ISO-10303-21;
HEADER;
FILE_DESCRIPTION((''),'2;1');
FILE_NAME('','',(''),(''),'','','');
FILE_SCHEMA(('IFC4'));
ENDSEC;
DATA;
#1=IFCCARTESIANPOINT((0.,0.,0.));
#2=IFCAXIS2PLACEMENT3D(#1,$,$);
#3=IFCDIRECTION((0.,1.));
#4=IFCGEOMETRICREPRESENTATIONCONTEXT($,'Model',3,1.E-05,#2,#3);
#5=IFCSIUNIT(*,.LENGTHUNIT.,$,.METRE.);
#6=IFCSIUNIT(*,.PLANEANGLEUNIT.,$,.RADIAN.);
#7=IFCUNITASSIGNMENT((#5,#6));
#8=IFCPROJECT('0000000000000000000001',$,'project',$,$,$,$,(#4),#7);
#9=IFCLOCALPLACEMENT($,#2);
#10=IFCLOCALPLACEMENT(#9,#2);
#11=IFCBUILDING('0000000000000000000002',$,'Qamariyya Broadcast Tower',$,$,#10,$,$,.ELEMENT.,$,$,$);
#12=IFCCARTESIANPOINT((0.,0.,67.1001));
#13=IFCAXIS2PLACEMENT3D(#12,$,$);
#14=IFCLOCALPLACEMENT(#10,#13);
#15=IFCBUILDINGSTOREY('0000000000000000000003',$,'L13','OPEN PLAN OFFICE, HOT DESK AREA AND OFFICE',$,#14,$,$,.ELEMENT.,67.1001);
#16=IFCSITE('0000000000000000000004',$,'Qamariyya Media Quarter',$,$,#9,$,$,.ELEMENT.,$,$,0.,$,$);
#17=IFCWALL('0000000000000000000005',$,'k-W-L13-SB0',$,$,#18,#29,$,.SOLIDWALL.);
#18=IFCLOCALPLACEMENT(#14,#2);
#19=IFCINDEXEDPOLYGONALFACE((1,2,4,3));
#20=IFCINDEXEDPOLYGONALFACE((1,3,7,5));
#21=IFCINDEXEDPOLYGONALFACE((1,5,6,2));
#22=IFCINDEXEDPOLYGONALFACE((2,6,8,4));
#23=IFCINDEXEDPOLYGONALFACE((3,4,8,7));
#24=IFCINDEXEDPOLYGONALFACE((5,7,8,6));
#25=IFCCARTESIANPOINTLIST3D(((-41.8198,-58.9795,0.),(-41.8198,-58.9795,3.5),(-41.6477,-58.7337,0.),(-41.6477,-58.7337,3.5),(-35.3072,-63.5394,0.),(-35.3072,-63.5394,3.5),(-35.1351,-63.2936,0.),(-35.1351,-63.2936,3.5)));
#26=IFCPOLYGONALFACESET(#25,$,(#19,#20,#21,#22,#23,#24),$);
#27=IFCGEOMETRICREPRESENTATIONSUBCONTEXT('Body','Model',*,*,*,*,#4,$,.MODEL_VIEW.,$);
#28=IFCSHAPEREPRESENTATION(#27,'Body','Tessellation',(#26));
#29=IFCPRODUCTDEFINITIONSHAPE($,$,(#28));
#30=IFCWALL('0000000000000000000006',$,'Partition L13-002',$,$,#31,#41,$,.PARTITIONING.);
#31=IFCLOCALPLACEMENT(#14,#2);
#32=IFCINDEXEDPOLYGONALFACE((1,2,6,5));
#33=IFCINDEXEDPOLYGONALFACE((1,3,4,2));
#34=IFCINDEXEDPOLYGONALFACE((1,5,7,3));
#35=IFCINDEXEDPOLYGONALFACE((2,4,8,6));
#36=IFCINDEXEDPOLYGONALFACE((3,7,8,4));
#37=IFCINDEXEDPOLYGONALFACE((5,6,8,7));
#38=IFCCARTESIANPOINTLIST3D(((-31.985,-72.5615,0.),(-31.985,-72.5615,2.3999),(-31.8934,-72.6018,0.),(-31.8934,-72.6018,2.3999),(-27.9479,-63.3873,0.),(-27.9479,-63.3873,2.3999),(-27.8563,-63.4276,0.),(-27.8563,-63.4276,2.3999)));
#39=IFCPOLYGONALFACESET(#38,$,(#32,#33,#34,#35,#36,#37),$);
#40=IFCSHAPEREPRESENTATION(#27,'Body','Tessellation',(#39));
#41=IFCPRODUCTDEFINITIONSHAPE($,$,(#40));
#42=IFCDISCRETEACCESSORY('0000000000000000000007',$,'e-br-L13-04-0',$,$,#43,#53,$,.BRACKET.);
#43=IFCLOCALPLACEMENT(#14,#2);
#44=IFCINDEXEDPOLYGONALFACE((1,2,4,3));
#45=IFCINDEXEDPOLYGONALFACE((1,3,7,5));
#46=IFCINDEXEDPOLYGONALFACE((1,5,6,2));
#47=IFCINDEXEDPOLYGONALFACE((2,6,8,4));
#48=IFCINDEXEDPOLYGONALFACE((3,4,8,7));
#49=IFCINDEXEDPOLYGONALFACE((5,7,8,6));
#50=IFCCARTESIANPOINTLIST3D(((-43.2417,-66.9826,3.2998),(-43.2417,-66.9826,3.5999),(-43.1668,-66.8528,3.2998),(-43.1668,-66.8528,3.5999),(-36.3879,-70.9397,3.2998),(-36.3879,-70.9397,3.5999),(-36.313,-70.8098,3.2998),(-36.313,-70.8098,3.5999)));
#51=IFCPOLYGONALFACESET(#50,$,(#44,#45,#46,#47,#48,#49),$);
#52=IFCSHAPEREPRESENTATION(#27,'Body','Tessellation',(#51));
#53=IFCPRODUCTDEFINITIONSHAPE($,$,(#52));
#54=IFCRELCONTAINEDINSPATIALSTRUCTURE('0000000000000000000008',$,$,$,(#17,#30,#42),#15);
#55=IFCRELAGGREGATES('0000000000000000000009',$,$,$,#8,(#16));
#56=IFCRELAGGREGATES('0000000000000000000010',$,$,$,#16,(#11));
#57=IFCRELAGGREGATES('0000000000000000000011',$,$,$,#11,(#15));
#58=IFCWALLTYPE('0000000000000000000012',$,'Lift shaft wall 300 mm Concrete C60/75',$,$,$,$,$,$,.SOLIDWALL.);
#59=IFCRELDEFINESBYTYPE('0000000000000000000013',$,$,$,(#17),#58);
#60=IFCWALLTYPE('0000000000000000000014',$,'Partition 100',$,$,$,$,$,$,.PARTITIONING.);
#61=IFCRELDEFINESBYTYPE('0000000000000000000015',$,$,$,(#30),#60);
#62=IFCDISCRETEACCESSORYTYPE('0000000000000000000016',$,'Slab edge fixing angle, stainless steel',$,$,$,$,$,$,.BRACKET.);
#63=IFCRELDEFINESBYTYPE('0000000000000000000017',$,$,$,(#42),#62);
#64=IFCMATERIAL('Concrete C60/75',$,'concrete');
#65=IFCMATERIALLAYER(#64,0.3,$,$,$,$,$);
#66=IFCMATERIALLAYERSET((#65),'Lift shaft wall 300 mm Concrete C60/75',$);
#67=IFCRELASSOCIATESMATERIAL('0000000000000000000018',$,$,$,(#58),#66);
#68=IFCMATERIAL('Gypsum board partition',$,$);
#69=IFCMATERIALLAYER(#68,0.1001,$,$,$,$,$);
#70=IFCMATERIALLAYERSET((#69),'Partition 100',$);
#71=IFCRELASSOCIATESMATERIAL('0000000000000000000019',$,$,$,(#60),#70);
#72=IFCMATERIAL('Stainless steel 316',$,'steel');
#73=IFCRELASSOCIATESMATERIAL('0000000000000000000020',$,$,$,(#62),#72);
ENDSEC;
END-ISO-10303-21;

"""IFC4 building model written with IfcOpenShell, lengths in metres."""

from ifc_helpers import new_model, si_unit, direction, frame, frame_2d, origin, origin_2d, place, context, subcontext, project, spatial, rectangle, extrude, material, layer, layer_set, type_object, element, save


model = new_model("IFC4")

# Units and contexts
model_context = context("Model", 3, precision=1e-05, world=origin(), true_north=direction((0.0, 1.0)))
body_context = subcontext(model_context, "Body", "Model", "MODEL_VIEW")
ifc_project = project(units=[si_unit("LENGTHUNIT", "METRE"), si_unit("PLANEANGLEUNIT", "RADIAN")], contexts=[model_context])

# Site, building, storey
site_placement = place(None, origin())
site = spatial("IfcSite", under=ifc_project, at=site_placement, Name="Qamariyya Media Quarter", CompositionType="ELEMENT", RefElevation=0.0)
building_placement = place(site_placement, origin())
building = spatial("IfcBuilding", under=site, at=building_placement, Name="Qamariyya Broadcast Tower", CompositionType="ELEMENT")
storey_placement = place(building_placement, frame((0.0, 0.0, 67.1001)))
storey = spatial("IfcBuildingStorey", under=building, at=storey_placement, Name="L13", Description="OPEN PLAN OFFICE, HOT DESK AREA AND OFFICE", CompositionType="ELEMENT", Elevation=67.1001)

# Walls
ifc_material_1 = material(Name="Concrete C60/75", Category="concrete")
ifc_layer_1 = layer(ifc_material_1, 0.3)
ifc_layer_set_1 = layer_set([ifc_layer_1], Name="Lift shaft wall 300 mm Concrete C60/75")
wall_type_1 = type_object("IfcWallType", Name="Lift shaft wall 300 mm Concrete C60/75", PredefinedType="SOLIDWALL", material=ifc_layer_set_1)
wall_1_placement = place(storey_placement, frame((-35.2212, -63.4165, 0.0), z_axis=(0.0, 0.0, 1.0), x_axis=(-0.819167, 0.573555, 0.0)))
element("IfcWall", 1, at=wall_1_placement, inside=storey, type_object=wall_type_1, Name="k-W-L13-SB0", PredefinedType="SOLIDWALL", context=body_context, shape_type="SweptSolid", body=[
    extrude(rectangle(XDim=7.9502, YDim=0.3, at=frame_2d((3.9751, 0.0))), origin(), (0.0, 0.0, 1.0), 3.5),
])
ifc_material_2 = material(Name="Gypsum board partition")
ifc_layer_2 = layer(ifc_material_2, 0.1001)
ifc_layer_set_2 = layer_set([ifc_layer_2], Name="Partition 100")
wall_type_2 = type_object("IfcWallType", Name="Partition 100", PredefinedType="PARTITIONING", material=ifc_layer_set_2)
wall_2_placement = place(storey_placement, frame((-31.9392, -72.5818, 0.0), z_axis=(0.0, 0.0, 1.0), x_axis=(0.402773, 0.9153, 0.0)))
element("IfcWall", 2, at=wall_2_placement, inside=storey, type_object=wall_type_2, Name="Partition L13-002", PredefinedType="PARTITIONING", context=body_context, shape_type="SweptSolid", body=[
    extrude(rectangle(XDim=10.0232, YDim=0.1001, at=frame_2d((5.0117, 0.0))), origin(), (0.0, 0.0, 1.0), 2.3999),
])

# Discrete accessory
ifc_material_3 = material(Name="Stainless steel 316", Category="steel")
discrete_accessory_type = type_object("IfcDiscreteAccessoryType", Name="Slab edge fixing angle, stainless steel", PredefinedType="BRACKET", material=ifc_material_3)
discrete_accessory_placement = place(storey_placement, frame((-39.7773, -68.8962, 3.2998), z_axis=(0.0, 0.0, 1.0), x_axis=(0.866025, -0.5, 0.0)))
element("IfcDiscreteAccessory", 3, at=discrete_accessory_placement, inside=storey, type_object=discrete_accessory_type, Name="e-br-L13-04-0", PredefinedType="BRACKET", context=body_context, shape_type="SweptSolid", body=[
    extrude(rectangle(XDim=7.9141, YDim=0.1499, at=origin_2d()), origin(), (0.0, 0.0, 1.0), 0.3),
])

save(model, "model.ifc")
